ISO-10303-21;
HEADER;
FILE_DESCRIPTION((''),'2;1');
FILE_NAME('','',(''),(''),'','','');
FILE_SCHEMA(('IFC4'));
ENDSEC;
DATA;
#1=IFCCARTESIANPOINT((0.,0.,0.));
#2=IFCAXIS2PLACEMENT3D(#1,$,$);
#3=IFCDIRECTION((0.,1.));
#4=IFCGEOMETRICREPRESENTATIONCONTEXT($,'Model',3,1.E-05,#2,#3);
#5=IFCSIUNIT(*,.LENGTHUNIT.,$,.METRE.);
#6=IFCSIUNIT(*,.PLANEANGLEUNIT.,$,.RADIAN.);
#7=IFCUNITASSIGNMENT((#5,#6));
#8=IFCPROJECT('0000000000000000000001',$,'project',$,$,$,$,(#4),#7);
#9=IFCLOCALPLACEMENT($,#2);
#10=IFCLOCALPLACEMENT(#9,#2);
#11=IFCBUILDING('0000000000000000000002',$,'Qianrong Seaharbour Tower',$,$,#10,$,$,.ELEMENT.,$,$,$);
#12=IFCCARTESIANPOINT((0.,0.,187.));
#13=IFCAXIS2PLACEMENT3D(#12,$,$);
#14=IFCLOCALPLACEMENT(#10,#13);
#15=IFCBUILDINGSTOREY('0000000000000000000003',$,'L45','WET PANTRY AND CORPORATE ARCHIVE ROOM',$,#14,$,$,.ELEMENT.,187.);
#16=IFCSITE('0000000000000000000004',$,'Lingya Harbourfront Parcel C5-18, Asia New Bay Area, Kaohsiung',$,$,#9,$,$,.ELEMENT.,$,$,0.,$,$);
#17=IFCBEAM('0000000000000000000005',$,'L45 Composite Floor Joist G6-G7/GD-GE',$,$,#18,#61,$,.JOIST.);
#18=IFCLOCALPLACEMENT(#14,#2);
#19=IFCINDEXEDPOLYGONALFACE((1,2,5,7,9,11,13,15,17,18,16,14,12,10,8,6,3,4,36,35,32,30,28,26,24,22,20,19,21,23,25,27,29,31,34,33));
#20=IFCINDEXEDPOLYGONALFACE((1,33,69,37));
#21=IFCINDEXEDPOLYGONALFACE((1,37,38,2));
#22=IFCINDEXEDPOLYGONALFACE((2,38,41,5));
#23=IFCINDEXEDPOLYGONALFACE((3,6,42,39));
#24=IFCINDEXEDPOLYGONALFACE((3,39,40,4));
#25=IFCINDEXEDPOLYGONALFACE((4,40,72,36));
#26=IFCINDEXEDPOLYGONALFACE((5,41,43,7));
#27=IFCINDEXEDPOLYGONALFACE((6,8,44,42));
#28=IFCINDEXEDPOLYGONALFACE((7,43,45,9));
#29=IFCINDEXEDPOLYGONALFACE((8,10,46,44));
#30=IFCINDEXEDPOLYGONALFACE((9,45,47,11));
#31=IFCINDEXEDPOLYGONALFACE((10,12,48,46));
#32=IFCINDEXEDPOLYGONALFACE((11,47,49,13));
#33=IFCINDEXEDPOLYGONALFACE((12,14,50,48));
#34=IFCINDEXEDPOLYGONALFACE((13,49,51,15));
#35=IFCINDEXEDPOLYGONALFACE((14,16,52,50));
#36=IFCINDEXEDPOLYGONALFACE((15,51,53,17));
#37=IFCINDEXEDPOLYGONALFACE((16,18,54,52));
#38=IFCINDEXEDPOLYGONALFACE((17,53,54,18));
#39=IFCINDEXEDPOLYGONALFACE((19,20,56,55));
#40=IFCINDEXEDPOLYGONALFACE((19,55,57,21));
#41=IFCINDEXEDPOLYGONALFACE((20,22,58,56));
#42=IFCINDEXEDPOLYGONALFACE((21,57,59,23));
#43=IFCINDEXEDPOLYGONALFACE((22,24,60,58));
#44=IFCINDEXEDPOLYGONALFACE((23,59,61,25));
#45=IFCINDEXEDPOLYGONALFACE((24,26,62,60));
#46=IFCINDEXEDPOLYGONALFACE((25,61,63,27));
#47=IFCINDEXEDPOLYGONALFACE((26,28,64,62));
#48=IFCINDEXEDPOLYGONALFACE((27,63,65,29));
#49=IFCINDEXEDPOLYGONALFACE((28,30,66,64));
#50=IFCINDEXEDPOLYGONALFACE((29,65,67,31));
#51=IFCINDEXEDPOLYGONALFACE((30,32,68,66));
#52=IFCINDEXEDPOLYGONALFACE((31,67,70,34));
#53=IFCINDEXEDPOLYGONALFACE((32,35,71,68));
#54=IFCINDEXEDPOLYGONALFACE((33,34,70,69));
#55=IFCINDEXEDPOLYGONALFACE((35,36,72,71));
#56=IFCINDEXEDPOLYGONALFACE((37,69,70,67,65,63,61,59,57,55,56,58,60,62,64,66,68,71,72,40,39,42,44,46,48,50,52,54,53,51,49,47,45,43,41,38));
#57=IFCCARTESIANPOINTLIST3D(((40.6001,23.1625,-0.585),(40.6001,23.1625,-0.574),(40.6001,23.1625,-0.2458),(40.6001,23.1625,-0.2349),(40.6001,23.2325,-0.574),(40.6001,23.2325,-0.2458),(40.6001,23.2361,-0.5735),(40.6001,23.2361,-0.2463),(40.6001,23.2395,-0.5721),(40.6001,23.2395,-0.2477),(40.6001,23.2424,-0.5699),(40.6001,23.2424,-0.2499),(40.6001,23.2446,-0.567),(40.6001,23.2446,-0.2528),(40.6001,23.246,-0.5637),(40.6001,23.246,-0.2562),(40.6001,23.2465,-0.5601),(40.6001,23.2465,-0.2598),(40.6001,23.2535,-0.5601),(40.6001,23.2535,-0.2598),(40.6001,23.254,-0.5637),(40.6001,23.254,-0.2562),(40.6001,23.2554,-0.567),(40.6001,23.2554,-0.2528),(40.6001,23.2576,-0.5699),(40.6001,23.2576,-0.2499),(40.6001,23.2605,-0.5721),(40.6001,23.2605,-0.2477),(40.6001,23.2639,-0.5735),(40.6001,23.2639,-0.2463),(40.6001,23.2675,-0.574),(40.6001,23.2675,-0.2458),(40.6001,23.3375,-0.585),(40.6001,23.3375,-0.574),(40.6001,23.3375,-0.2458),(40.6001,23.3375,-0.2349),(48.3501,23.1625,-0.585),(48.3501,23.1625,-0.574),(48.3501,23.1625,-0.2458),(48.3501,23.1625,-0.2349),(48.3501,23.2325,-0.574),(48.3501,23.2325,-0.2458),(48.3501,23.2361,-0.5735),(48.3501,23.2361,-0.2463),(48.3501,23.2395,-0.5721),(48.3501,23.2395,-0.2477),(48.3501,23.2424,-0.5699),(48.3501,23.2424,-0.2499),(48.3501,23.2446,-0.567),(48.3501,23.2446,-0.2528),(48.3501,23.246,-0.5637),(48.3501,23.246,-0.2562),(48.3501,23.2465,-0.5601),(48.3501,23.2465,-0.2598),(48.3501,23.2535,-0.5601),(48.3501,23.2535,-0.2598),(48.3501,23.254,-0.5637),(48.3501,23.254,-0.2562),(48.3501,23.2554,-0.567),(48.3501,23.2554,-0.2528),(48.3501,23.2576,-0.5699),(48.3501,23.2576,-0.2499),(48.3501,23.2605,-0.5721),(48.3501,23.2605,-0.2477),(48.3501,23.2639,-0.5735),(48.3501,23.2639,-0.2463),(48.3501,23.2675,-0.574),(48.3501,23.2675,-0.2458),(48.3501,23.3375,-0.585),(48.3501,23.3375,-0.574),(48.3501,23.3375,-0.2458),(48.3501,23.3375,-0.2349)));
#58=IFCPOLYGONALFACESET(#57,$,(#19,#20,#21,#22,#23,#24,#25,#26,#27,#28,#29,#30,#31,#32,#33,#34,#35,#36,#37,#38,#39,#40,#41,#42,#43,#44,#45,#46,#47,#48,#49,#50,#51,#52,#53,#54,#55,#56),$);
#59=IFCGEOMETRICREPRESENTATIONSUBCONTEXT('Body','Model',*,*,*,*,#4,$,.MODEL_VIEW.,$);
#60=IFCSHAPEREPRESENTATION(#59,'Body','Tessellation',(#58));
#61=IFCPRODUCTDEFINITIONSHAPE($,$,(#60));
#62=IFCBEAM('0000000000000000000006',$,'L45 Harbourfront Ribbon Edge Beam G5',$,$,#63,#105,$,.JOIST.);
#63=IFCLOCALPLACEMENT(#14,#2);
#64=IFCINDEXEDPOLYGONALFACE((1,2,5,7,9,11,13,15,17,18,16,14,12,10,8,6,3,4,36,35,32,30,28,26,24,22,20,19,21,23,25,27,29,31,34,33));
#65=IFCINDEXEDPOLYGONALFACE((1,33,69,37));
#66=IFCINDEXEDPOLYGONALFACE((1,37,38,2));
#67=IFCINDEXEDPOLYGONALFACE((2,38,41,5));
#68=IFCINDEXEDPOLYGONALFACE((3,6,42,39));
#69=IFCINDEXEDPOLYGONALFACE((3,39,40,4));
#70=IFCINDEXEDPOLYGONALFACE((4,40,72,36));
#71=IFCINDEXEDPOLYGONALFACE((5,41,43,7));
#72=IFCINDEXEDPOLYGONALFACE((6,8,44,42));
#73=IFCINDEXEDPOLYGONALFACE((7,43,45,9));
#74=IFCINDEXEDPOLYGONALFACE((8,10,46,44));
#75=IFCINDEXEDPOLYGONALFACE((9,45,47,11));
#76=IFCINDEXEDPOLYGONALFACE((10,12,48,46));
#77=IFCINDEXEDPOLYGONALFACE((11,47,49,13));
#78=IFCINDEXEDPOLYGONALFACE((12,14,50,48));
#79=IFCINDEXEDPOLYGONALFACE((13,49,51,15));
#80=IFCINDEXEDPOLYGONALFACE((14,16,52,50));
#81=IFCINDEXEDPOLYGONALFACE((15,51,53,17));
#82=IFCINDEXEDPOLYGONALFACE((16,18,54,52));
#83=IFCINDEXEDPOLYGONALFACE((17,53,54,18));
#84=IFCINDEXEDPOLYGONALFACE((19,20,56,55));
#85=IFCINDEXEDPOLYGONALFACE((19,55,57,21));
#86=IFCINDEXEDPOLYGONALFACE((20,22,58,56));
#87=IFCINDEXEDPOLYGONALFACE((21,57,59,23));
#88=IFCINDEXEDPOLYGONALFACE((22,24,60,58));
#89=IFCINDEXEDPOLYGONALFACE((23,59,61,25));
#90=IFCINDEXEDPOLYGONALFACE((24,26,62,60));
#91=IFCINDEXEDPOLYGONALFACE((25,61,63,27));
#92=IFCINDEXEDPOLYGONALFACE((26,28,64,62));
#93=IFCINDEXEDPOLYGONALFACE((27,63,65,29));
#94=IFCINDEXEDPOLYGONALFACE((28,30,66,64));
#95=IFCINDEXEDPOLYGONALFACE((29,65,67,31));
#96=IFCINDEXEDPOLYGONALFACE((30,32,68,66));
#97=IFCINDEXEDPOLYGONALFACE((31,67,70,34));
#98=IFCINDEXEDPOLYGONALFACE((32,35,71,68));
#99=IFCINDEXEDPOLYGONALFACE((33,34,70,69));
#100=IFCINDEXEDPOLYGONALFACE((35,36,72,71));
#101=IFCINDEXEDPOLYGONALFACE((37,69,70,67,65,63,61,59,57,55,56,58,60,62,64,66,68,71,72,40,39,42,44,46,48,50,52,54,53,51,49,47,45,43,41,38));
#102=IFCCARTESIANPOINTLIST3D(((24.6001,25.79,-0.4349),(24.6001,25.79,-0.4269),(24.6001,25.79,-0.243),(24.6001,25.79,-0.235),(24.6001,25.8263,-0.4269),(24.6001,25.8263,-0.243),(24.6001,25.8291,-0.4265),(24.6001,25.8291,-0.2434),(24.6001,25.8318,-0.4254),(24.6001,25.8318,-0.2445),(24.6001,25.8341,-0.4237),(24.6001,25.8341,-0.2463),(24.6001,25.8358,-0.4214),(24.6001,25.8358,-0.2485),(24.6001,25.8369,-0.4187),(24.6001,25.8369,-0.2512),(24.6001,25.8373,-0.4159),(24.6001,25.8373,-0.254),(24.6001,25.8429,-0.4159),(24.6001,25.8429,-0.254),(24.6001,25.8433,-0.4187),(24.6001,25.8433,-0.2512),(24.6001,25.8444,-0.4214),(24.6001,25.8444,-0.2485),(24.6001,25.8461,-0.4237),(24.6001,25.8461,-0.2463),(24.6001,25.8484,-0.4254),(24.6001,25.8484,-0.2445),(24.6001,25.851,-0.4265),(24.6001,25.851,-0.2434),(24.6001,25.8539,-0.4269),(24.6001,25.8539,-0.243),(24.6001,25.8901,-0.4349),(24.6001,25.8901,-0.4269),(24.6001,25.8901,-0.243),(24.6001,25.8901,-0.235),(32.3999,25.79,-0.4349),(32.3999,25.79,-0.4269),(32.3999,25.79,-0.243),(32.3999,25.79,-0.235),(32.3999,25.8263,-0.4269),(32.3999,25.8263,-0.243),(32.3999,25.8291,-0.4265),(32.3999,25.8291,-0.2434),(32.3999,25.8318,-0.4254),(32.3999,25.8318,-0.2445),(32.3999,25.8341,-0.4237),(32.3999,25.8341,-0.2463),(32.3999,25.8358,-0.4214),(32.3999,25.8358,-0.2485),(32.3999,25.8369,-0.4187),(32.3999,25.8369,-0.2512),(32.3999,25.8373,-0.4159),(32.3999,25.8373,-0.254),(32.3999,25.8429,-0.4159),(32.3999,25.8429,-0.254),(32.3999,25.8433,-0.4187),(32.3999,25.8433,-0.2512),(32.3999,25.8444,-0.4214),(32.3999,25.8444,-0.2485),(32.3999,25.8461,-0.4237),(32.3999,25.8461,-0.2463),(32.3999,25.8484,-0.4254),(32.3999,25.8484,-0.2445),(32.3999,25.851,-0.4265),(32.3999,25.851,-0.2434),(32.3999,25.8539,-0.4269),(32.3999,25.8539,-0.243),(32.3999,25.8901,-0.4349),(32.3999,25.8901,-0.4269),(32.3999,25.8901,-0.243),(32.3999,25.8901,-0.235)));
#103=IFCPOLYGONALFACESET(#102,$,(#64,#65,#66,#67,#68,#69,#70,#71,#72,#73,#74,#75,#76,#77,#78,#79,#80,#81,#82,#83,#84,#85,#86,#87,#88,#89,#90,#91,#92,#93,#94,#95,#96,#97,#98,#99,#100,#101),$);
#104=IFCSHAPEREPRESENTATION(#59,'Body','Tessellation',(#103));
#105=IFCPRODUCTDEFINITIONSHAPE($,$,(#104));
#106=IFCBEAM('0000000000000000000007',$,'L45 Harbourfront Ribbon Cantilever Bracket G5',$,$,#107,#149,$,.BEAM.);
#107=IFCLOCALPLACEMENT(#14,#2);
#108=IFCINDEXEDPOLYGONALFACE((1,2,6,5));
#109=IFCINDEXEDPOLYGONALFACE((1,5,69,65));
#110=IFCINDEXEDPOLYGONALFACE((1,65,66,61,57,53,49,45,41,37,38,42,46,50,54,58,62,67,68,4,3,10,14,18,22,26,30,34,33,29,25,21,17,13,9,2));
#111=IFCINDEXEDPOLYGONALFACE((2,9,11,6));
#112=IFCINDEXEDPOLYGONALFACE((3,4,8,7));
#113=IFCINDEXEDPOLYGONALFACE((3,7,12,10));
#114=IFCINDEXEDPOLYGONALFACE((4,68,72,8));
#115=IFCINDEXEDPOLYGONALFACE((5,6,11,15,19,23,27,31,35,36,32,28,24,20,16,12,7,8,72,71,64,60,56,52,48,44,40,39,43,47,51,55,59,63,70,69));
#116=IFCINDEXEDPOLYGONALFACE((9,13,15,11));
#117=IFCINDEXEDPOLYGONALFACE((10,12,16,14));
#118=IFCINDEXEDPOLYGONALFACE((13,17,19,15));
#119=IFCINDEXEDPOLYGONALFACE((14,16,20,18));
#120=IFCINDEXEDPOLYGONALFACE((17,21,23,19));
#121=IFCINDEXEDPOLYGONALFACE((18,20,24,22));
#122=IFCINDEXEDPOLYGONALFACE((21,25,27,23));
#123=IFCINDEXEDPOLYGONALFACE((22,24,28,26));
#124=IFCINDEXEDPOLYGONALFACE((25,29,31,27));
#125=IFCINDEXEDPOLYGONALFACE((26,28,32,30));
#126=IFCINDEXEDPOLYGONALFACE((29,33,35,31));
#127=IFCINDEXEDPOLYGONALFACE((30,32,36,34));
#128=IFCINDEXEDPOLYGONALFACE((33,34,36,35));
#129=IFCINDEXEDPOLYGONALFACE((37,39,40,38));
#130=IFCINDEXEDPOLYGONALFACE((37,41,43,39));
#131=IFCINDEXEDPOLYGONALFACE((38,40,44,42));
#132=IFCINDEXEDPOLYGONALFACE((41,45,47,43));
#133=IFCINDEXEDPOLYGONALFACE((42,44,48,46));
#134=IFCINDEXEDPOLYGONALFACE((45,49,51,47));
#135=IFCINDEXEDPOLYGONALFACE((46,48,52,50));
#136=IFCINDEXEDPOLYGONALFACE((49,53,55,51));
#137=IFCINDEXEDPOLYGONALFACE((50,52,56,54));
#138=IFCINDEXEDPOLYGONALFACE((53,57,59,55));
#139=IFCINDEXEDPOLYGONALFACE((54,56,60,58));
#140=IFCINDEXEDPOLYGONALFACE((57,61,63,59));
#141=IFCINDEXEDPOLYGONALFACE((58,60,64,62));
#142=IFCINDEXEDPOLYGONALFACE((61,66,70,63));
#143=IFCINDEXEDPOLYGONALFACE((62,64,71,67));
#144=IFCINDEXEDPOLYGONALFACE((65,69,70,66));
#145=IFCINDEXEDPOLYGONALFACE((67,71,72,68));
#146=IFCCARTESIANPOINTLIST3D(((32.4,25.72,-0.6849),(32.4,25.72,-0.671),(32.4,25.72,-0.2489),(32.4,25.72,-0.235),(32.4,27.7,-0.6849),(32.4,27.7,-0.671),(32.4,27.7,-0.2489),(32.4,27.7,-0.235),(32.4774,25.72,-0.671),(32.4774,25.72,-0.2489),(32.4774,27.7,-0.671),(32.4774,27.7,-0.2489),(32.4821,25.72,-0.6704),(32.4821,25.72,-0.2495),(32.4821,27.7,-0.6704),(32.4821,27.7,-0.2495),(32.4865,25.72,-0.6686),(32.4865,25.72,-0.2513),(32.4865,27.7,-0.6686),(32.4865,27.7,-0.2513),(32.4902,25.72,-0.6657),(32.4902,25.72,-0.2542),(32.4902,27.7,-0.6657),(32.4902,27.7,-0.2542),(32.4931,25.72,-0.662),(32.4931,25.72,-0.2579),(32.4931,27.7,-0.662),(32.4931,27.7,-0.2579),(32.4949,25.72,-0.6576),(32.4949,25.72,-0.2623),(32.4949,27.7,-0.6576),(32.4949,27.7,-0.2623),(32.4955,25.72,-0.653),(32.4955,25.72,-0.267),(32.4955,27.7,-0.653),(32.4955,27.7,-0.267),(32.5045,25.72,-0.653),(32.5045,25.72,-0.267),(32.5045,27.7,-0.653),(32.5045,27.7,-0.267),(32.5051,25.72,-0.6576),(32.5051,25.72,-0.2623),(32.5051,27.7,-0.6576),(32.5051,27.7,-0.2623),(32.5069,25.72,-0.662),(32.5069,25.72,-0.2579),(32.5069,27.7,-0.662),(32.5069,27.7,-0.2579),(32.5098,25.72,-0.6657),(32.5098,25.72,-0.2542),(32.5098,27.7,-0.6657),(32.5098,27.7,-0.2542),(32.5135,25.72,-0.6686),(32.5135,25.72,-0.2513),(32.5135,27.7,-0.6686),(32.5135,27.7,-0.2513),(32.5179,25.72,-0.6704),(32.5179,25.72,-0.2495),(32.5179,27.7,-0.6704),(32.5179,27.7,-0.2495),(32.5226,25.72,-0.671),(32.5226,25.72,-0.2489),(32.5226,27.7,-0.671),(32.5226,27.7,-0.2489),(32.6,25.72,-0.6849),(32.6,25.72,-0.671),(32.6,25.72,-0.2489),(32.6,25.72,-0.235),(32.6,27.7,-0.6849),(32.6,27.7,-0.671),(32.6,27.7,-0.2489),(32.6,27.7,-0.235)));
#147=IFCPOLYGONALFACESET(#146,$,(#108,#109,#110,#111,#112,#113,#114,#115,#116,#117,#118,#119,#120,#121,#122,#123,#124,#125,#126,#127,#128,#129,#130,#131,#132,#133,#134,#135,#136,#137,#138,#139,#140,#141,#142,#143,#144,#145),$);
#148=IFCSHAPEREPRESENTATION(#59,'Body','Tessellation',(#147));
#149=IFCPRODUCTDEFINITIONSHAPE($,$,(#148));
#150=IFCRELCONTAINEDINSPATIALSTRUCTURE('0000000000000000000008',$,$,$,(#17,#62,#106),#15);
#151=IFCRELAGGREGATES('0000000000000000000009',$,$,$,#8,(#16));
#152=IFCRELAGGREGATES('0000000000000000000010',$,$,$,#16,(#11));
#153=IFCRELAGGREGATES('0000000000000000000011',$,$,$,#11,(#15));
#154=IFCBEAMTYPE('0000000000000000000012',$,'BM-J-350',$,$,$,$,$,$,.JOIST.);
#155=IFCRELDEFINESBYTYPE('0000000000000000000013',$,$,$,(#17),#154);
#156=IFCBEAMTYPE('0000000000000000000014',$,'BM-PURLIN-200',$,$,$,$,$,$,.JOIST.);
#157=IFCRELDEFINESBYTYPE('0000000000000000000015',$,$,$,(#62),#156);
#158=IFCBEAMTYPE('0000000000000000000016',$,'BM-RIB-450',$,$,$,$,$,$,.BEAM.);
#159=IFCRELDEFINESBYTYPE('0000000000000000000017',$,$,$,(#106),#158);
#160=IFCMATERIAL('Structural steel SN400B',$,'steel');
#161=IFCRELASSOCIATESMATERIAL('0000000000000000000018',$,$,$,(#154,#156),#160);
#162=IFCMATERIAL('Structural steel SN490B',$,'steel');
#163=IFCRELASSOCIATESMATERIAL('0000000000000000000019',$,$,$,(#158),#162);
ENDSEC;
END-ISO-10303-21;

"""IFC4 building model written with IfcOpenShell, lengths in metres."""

from ifc_helpers import new_model, si_unit, direction, frame, origin, origin_2d, place, context, subcontext, project, spatial, i_section, extrude, material, material_profile, profile_set, type_object, element, save


model = new_model("IFC4")

# Units and contexts
model_context = context("Model", 3, precision=1e-05, world=origin(), true_north=direction((0.0, 1.0)))
body_context = subcontext(model_context, "Body", "Model", "MODEL_VIEW")
ifc_project = project(units=[si_unit("LENGTHUNIT", "METRE"), si_unit("PLANEANGLEUNIT", "RADIAN")], contexts=[model_context])

# Site, building, storey
site_placement = place(None, origin())
site = spatial("IfcSite", under=ifc_project, at=site_placement, Name="Lingya Harbourfront Parcel C5-18, Asia New Bay Area, Kaohsiung", CompositionType="ELEMENT", RefElevation=0.0)
building_placement = place(site_placement, origin())
building = spatial("IfcBuilding", under=site, at=building_placement, Name="Qianrong Seaharbour Tower", CompositionType="ELEMENT")
storey_placement = place(building_placement, frame((0.0, 0.0, 187.0)))
storey = spatial("IfcBuildingStorey", under=building, at=storey_placement, Name="L45", Description="WET PANTRY AND CORPORATE ARCHIVE ROOM", CompositionType="ELEMENT", Elevation=187.0)

# Shared definitions
ifc_material_1 = material(Name="Structural steel SN490B", Category="steel")

# Beams
ifc_material_2 = material(Name="Structural steel SN400B", Category="steel")
ifc_material_profile_1 = material_profile(ifc_material_2, i_section(OverallWidth=0.175, OverallDepth=0.3501, WebThickness=0.0071, FlangeThickness=0.011, FilletRadius=0.0139, at=origin_2d()), Name="H350x175x7x11")
ifc_profile_set_1 = profile_set([ifc_material_profile_1], Name="Structural steel SN400B")
beam_type_1 = type_object("IfcBeamType", Name="BM-J-350", PredefinedType="JOIST", material=ifc_profile_set_1)
beam_1_placement = place(storey_placement, frame((40.6001, 23.25, -0.4099), z_axis=(1.0, 0.0, 0.0), x_axis=(0.0, 1.0, 0.0)))
element("IfcBeam", 1, at=beam_1_placement, inside=storey, type_object=beam_type_1, Name="L45 Composite Floor Joist G6-G7/GD-GE", PredefinedType="JOIST", context=body_context, shape_type="SweptSolid", body=[
    extrude(i_section(OverallWidth=0.175, OverallDepth=0.3501, WebThickness=0.0071, FlangeThickness=0.011, FilletRadius=0.0139, at=origin_2d()), origin(), (0.0, 0.0, 1.0), 7.75),
])
ifc_material_profile_2 = material_profile(ifc_material_2, i_section(OverallWidth=0.1001, OverallDepth=0.2, WebThickness=0.0056, FlangeThickness=0.0081, FilletRadius=0.011, at=origin_2d()), Name="H200x100x5.5x8")
ifc_profile_set_2 = profile_set([ifc_material_profile_2], Name="Structural steel SN400B")
beam_type_2 = type_object("IfcBeamType", Name="BM-PURLIN-200", PredefinedType="JOIST", material=ifc_profile_set_2)
beam_2_placement = place(storey_placement, frame((24.6001, 25.8401, -0.335), z_axis=(1.0, 0.0, 0.0), x_axis=(0.0, 1.0, 0.0)))
element("IfcBeam", 2, at=beam_2_placement, inside=storey, type_object=beam_type_2, Name="L45 Harbourfront Ribbon Edge Beam G5", PredefinedType="JOIST", context=body_context, shape_type="SweptSolid", body=[
    extrude(i_section(OverallWidth=0.1001, OverallDepth=0.2, WebThickness=0.0056, FlangeThickness=0.0081, FilletRadius=0.011, at=origin_2d()), origin(), (0.0, 0.0, 1.0), 7.7998),
])
ifc_material_profile_3 = material_profile(ifc_material_1, i_section(OverallWidth=0.2, OverallDepth=0.45, WebThickness=0.009, FlangeThickness=0.0139, FilletRadius=0.0181, at=origin_2d()), Name="H450x200x9x14")
ifc_profile_set_3 = profile_set([ifc_material_profile_3], Name="Structural steel SN490B")
beam_type_3 = type_object("IfcBeamType", Name="BM-RIB-450", PredefinedType="BEAM", material=ifc_profile_set_3)
beam_3_placement = place(storey_placement, frame((32.5, 27.7, -0.46), z_axis=(0.0, -1.0, 0.0), x_axis=(1.0, 0.0, 0.0)))
element("IfcBeam", 3, at=beam_3_placement, inside=storey, type_object=beam_type_3, Name="L45 Harbourfront Ribbon Cantilever Bracket G5", PredefinedType="BEAM", context=body_context, shape_type="SweptSolid", body=[
    extrude(i_section(OverallWidth=0.2, OverallDepth=0.45, WebThickness=0.009, FlangeThickness=0.0139, FilletRadius=0.0181, at=origin_2d()), origin(), (0.0, 0.0, 1.0), 1.98),
])

save(model, "model.ifc")
